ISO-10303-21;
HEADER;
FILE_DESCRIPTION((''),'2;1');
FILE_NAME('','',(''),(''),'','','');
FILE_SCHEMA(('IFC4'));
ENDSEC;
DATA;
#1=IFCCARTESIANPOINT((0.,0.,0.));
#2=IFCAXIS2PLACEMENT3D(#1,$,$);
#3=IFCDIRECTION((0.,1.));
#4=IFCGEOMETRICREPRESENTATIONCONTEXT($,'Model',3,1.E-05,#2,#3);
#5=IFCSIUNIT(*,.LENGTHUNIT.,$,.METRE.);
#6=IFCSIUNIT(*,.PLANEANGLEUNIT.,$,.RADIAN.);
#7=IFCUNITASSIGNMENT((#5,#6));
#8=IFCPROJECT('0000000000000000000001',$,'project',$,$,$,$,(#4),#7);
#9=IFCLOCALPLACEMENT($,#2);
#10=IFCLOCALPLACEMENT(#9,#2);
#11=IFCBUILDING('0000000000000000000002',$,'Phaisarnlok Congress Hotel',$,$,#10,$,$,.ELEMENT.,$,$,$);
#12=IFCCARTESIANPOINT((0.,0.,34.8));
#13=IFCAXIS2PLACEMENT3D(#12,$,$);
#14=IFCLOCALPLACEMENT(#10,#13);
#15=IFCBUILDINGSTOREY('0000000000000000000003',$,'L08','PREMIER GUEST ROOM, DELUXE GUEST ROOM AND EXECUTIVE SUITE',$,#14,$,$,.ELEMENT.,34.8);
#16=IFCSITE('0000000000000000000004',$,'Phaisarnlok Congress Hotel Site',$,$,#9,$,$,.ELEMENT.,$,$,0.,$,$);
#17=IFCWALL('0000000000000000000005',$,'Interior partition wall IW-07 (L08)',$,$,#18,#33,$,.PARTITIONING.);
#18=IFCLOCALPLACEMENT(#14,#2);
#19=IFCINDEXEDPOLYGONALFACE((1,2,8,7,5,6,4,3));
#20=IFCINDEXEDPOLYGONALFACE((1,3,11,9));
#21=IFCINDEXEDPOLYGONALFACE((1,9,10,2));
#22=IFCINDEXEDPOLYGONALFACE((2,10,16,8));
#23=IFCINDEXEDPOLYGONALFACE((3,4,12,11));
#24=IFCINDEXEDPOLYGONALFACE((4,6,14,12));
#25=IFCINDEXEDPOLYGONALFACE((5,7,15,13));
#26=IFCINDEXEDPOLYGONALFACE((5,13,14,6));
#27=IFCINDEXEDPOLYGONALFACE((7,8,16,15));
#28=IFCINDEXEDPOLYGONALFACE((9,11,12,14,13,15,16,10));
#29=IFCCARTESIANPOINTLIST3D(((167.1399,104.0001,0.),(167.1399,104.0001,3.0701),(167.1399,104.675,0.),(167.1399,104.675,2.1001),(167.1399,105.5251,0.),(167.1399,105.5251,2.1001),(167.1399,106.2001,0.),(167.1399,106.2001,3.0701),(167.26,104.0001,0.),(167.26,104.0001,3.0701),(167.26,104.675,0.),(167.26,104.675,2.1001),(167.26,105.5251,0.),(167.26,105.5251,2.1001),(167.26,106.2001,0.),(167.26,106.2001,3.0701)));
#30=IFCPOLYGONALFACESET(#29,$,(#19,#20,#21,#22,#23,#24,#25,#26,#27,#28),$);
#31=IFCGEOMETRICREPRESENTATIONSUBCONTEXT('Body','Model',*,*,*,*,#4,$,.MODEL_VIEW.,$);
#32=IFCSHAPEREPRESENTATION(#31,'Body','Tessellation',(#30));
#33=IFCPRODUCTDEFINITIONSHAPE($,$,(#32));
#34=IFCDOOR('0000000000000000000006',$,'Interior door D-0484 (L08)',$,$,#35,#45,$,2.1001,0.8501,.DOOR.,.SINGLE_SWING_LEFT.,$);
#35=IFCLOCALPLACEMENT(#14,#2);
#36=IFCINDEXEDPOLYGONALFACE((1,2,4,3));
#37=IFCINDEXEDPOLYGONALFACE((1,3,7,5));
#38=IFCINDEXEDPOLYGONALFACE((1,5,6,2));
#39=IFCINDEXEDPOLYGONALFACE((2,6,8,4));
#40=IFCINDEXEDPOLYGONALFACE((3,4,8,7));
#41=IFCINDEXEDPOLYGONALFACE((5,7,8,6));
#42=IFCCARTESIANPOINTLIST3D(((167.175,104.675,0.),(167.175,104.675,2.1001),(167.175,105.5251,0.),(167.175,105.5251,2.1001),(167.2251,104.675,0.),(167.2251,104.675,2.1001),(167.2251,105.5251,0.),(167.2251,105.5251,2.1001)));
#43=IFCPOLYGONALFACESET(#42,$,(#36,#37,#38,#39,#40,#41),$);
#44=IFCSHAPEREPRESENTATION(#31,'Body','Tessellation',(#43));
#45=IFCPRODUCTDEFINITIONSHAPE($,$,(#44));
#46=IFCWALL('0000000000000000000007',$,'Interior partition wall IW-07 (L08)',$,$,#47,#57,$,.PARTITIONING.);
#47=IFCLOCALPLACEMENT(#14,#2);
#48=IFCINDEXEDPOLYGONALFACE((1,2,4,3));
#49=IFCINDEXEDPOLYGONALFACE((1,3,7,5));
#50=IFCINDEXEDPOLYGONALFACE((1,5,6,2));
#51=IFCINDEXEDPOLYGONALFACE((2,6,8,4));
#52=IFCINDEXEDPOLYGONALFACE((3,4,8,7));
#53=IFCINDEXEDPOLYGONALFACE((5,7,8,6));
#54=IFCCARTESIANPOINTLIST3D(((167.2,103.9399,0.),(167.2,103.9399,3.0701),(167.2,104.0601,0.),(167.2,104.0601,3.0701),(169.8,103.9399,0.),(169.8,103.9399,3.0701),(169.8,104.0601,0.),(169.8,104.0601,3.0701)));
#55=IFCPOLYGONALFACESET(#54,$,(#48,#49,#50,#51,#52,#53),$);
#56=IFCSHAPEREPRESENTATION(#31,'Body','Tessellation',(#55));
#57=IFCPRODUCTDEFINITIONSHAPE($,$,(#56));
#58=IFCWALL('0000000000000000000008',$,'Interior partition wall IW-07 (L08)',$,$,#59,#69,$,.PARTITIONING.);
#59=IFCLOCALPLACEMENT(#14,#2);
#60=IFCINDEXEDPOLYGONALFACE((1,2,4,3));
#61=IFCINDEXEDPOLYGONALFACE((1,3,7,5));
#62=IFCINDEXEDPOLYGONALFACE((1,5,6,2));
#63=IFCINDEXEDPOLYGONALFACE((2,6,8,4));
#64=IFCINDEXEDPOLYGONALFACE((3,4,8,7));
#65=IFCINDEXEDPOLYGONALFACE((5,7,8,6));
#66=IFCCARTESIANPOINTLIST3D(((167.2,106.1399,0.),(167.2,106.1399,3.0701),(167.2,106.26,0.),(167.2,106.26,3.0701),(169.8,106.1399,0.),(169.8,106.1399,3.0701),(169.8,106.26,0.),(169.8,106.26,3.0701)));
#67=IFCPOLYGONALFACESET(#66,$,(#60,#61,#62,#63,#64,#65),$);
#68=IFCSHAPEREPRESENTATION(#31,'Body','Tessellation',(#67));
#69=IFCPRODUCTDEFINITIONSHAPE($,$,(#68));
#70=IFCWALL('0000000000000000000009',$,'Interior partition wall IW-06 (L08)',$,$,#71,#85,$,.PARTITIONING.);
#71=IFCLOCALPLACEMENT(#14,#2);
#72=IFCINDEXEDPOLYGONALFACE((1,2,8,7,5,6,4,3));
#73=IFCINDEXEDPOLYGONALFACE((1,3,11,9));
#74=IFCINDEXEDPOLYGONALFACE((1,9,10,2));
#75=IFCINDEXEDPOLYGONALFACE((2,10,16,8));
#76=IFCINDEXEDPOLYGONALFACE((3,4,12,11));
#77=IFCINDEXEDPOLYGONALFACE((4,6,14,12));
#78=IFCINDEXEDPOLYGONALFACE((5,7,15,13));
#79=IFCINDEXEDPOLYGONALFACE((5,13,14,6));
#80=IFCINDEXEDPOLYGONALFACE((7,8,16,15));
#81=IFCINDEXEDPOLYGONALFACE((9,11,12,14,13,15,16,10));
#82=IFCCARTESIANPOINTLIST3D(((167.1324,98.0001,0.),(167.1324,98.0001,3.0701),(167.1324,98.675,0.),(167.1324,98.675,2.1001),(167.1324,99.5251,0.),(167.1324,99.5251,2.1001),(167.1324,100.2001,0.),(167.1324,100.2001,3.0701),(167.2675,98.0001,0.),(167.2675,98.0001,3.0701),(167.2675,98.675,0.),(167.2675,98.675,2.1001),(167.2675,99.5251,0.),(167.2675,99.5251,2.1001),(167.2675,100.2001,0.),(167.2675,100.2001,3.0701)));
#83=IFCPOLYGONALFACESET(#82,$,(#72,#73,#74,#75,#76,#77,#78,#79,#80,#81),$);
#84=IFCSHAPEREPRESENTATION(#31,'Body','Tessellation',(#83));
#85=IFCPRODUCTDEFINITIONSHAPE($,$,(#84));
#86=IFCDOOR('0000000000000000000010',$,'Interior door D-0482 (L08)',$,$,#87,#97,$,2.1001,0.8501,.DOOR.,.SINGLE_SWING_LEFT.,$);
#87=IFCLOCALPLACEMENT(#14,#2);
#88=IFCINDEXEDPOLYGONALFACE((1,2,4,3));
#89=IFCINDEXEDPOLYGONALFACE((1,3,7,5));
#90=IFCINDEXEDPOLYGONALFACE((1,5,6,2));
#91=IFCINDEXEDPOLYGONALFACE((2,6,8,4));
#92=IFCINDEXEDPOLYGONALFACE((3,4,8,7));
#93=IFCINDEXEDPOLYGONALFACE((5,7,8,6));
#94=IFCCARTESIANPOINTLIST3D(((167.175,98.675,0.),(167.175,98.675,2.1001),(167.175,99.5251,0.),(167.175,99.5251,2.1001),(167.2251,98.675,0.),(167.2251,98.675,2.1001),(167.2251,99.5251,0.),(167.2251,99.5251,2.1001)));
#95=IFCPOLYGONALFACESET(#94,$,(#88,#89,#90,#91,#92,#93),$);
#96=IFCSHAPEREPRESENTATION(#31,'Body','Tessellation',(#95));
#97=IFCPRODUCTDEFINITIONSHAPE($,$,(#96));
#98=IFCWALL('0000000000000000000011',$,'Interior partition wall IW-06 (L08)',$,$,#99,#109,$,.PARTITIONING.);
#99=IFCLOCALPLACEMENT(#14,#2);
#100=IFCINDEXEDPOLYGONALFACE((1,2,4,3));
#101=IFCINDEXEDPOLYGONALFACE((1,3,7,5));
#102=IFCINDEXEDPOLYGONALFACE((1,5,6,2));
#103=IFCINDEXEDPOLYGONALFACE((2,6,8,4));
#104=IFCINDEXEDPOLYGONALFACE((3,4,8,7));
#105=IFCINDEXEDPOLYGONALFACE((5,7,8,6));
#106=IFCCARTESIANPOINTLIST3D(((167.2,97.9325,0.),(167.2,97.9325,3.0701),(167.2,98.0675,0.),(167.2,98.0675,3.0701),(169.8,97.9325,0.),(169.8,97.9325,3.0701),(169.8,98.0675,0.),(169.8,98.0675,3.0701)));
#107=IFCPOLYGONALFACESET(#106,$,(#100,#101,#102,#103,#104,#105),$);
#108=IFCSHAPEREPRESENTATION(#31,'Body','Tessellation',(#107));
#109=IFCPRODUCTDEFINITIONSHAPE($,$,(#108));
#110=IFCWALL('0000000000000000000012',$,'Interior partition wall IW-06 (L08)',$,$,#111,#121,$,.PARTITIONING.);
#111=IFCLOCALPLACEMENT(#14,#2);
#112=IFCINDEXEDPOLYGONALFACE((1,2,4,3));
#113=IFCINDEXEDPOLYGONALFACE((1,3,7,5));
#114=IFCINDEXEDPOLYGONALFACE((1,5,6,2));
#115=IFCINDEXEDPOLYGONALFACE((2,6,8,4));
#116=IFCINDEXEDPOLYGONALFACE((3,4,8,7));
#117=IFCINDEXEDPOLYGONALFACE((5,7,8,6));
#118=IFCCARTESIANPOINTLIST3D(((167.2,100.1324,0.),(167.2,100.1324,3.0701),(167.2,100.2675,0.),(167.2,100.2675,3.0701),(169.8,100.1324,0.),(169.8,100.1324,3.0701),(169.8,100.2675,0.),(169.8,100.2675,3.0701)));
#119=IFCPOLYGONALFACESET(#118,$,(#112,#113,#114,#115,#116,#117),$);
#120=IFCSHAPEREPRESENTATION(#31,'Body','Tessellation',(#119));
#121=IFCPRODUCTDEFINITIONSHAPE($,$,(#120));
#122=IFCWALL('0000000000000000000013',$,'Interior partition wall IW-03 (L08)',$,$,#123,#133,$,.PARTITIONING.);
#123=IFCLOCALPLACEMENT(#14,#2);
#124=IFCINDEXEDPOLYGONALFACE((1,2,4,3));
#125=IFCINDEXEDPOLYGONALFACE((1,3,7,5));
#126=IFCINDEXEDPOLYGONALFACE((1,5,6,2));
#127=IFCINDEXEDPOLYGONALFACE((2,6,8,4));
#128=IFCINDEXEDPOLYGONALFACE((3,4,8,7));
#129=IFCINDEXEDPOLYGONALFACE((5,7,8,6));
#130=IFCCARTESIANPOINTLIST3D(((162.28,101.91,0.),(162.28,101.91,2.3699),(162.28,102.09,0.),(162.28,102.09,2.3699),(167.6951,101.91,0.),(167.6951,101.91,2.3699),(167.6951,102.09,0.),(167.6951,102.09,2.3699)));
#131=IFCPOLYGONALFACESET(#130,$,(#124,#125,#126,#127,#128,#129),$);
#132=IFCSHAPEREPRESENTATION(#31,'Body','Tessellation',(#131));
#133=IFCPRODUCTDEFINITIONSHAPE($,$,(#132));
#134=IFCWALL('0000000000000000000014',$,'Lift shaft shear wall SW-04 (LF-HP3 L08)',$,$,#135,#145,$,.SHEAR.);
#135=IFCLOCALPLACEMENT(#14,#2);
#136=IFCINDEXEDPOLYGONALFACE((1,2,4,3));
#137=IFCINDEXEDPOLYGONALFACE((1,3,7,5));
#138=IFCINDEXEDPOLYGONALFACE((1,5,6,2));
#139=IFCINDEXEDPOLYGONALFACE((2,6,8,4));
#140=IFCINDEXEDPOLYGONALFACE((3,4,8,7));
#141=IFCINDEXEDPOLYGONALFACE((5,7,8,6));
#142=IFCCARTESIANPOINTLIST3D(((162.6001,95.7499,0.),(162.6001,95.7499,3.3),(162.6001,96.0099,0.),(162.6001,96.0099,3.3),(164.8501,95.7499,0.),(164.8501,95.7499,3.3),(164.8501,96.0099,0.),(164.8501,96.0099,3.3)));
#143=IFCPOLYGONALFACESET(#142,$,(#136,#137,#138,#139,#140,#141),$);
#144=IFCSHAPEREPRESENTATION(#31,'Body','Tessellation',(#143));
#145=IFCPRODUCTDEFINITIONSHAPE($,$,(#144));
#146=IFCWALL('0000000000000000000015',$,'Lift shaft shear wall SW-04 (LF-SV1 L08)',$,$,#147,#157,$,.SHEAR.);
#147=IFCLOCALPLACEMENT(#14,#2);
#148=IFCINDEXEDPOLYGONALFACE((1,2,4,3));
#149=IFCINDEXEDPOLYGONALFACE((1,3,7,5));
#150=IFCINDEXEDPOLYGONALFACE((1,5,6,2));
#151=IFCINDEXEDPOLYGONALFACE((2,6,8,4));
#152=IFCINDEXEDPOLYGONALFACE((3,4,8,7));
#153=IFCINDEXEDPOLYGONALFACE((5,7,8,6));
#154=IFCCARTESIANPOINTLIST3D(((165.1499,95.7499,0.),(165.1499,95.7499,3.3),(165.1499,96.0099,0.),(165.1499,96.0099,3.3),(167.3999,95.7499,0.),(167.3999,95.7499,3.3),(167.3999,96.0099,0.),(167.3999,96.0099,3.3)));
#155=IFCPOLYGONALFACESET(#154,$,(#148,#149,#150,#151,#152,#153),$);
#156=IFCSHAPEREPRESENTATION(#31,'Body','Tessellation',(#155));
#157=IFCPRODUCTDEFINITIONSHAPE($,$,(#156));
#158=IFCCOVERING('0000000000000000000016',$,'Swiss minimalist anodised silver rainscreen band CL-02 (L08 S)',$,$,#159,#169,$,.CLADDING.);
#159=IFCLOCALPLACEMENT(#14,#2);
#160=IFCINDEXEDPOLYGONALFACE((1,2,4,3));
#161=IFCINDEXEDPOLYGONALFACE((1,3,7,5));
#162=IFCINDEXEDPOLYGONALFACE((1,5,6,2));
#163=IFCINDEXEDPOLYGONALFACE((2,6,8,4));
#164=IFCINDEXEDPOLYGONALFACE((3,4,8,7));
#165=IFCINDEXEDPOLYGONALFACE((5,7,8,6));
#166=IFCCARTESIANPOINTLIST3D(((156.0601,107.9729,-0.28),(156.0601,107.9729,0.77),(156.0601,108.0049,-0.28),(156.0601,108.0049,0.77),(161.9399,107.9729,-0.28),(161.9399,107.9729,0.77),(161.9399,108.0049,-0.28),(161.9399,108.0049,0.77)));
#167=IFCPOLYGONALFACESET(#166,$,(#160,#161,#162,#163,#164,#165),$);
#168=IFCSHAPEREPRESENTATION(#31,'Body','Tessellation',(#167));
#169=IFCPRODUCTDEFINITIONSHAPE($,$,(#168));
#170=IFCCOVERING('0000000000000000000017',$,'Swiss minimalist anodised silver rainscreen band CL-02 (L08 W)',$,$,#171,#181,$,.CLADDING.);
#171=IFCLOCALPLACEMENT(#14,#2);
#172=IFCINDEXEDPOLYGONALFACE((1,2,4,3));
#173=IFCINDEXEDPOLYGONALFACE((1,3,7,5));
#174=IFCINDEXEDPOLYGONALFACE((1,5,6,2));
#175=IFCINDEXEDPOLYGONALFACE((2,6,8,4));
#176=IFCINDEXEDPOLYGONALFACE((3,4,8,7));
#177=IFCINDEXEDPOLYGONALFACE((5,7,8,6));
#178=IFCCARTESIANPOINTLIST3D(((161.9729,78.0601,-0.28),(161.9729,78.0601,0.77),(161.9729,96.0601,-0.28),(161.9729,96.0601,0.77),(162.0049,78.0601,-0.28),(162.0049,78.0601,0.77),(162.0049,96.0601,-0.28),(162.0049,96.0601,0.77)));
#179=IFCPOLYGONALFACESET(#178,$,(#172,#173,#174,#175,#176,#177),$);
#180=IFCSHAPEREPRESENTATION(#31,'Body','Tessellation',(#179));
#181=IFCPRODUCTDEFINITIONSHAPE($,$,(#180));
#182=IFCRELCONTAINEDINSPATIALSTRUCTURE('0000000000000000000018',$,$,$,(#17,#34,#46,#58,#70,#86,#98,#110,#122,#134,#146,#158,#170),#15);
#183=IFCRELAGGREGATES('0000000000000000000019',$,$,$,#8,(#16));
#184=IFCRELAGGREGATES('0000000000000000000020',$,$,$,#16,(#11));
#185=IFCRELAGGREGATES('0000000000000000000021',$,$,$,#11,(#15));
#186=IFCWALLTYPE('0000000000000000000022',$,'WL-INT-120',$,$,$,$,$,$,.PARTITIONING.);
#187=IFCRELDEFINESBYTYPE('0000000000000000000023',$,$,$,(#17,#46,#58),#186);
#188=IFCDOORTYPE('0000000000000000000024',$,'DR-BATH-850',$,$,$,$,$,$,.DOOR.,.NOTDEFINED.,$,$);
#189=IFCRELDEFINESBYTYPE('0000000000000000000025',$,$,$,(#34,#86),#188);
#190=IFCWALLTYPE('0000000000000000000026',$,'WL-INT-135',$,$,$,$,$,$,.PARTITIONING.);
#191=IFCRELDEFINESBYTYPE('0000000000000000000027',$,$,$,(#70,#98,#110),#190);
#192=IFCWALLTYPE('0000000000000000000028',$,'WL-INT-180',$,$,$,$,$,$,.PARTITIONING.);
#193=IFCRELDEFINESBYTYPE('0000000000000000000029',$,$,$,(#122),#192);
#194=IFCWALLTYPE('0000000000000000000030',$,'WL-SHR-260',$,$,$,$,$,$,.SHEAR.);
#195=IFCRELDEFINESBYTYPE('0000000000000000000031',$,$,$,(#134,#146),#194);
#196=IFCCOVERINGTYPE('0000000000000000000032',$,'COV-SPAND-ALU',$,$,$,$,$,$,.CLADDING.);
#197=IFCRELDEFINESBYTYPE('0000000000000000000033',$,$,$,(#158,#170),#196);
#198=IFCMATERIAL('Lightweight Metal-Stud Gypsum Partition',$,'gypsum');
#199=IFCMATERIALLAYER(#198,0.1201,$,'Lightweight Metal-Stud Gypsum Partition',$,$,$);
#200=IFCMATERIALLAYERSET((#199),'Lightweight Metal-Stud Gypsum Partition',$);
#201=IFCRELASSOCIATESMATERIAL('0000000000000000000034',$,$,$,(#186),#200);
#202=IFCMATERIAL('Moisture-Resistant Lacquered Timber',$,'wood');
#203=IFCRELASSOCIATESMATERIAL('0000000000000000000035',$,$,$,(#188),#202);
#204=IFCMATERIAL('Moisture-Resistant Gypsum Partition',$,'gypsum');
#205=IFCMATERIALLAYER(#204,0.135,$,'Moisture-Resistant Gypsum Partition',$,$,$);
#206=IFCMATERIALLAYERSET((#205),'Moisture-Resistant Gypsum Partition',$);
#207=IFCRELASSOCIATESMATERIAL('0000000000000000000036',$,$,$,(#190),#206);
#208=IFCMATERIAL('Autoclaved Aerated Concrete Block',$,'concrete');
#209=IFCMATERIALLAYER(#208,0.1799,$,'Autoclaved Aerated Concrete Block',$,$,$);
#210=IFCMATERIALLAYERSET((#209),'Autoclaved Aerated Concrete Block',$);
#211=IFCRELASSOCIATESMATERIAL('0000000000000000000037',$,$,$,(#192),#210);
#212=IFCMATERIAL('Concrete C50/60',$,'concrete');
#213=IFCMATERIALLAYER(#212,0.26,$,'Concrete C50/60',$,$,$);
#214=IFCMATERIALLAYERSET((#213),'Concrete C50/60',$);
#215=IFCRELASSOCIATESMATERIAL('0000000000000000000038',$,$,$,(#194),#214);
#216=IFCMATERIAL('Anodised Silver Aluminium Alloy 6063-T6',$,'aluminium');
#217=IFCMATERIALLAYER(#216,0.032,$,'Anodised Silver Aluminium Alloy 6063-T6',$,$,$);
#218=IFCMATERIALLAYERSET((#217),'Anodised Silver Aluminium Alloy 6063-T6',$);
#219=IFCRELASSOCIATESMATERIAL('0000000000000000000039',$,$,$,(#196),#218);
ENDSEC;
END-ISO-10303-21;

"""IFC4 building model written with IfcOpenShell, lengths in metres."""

from ifc_helpers import new_model, si_unit, direction, frame, frame_2d, origin, place, context, subcontext, project, spatial, polyline, rectangle, outline, extrude, material, layer, layer_set, type_object, element, fill, save


model = new_model("IFC4")

# Units and contexts
model_context = context("Model", 3, precision=1e-05, world=origin(), true_north=direction((0.0, 1.0)))
body_context = subcontext(model_context, "Body", "Model", "MODEL_VIEW")
ifc_project = project(units=[si_unit("LENGTHUNIT", "METRE"), si_unit("PLANEANGLEUNIT", "RADIAN")], contexts=[model_context])

# Site, building, storey
site_placement = place(None, origin())
site = spatial("IfcSite", under=ifc_project, at=site_placement, Name="Phaisarnlok Congress Hotel Site", CompositionType="ELEMENT", RefElevation=0.0)
building_placement = place(site_placement, origin())
building = spatial("IfcBuilding", under=site, at=building_placement, Name="Phaisarnlok Congress Hotel", CompositionType="ELEMENT")
storey_placement = place(building_placement, frame((0.0, 0.0, 34.8)))
storey = spatial("IfcBuildingStorey", under=building, at=storey_placement, Name="L08", Description="PREMIER GUEST ROOM, DELUXE GUEST ROOM AND EXECUTIVE SUITE", CompositionType="ELEMENT", Elevation=34.8)

# Shared definitions
ifc_material_1 = material(Name="Concrete C50/60", Category="concrete")

# Wall, opening, door
ifc_material_2 = material(Name="Lightweight Metal-Stud Gypsum Partition", Category="gypsum")
ifc_layer_1 = layer(ifc_material_2, 0.1201, Name="Lightweight Metal-Stud Gypsum Partition")
ifc_layer_set_1 = layer_set([ifc_layer_1], Name="Lightweight Metal-Stud Gypsum Partition")
wall_type_1 = type_object("IfcWallType", Name="WL-INT-120", PredefinedType="PARTITIONING", material=ifc_layer_set_1)
wall_1_placement = place(storey_placement, frame((167.2, 104.0, 0.0), z_axis=(0.0, 0.0, 1.0), x_axis=(0.0, 1.0, 0.0)))
wall_1 = element("IfcWall", 1, at=wall_1_placement, inside=storey, type_object=wall_type_1, Name="Interior partition wall IW-07 (L08)", PredefinedType="PARTITIONING", context=body_context, shape_type="SweptSolid", body=[
    extrude(rectangle(XDim=2.2, YDim=0.1201, at=frame_2d((1.1001, 0.0))), origin(), (0.0, 0.0, 1.0), 3.0701),
])
opening_1_placement = place(wall_1_placement, frame((0.675, 0.0, 0.0)))
opening_1 = element("IfcOpeningElement", 2, at=opening_1_placement, cuts=wall_1, PredefinedType="OPENING", context=body_context, shape_type="SweptSolid", body=[
    extrude(rectangle(XDim=0.8501, YDim=2.1001, at=frame_2d((0.425, 1.05))), frame((0.0, 0.0701, 0.0), z_axis=(0.0, -1.0, 0.0), x_axis=(1.0, 0.0, 0.0)), (0.0, 0.0, 1.0), 0.1401),
])
ifc_material_3 = material(Name="Moisture-Resistant Lacquered Timber", Category="wood")
door_type = type_object("IfcDoorType", Name="DR-BATH-850", OperationType="NOTDEFINED", PredefinedType="DOOR", material=ifc_material_3)
door_1_placement = place(opening_1_placement, origin())
door_1 = element("IfcDoor", 3, at=door_1_placement, inside=storey, type_object=door_type, Name="Interior door D-0484 (L08)", OperationType="SINGLE_SWING_LEFT", OverallHeight=2.1001, OverallWidth=0.8501, PredefinedType="DOOR", context=body_context, shape_type="SweptSolid", body=[
    extrude(rectangle(XDim=0.8501, YDim=2.1001, at=frame_2d((0.425, 1.05))), frame((0.0, 0.0249, 0.0), z_axis=(0.0, -1.0, 0.0), x_axis=(1.0, 0.0, 0.0)), (0.0, 0.0, 1.0), 0.05),
])
fill(opening_1, door_1)

# Walls
for number, where, z_axis, x_axis, name in (
    (4, (167.2, 104.0, 0.0), (0.0, 0.0, 1.0), (1.0, 0.0, 0.0), "Interior partition wall IW-07 (L08)"),
    (5, (167.2, 106.2, 0.0), (0.0, 0.0, 1.0), (1.0, 0.0, 0.0), "Interior partition wall IW-07 (L08)"),
):
    element("IfcWall", number, at=place(storey_placement, frame(where, z_axis=z_axis, x_axis=x_axis)), inside=storey, type_object=wall_type_1, Name=name, PredefinedType="PARTITIONING", context=body_context, shape_type="SweptSolid", body=[
        extrude(rectangle(XDim=2.6001, YDim=0.1201, at=frame_2d((1.3, 0.0))), origin(), (0.0, 0.0, 1.0), 3.0701),
    ])

# Wall, opening, door
ifc_material_4 = material(Name="Moisture-Resistant Gypsum Partition", Category="gypsum")
ifc_layer_2 = layer(ifc_material_4, 0.135, Name="Moisture-Resistant Gypsum Partition")
ifc_layer_set_2 = layer_set([ifc_layer_2], Name="Moisture-Resistant Gypsum Partition")
wall_type_2 = type_object("IfcWallType", Name="WL-INT-135", PredefinedType="PARTITIONING", material=ifc_layer_set_2)
wall_2_placement = place(storey_placement, frame((167.2, 98.0, 0.0), z_axis=(0.0, 0.0, 1.0), x_axis=(0.0, 1.0, 0.0)))
wall_2 = element("IfcWall", 6, at=wall_2_placement, inside=storey, type_object=wall_type_2, Name="Interior partition wall IW-06 (L08)", PredefinedType="PARTITIONING", context=body_context, shape_type="SweptSolid", body=[
    extrude(rectangle(XDim=2.2, YDim=0.135, at=frame_2d((1.1001, 0.0))), origin(), (0.0, 0.0, 1.0), 3.0701),
])
opening_2_placement = place(wall_2_placement, frame((0.675, 0.0, 0.0)))
opening_2 = element("IfcOpeningElement", 7, at=opening_2_placement, cuts=wall_2, PredefinedType="OPENING", context=body_context, shape_type="SweptSolid", body=[
    extrude(rectangle(XDim=0.8501, YDim=2.1001, at=frame_2d((0.425, 1.05))), frame((0.0, 0.0776, 0.0), z_axis=(0.0, -1.0, 0.0), x_axis=(1.0, 0.0, 0.0)), (0.0, 0.0, 1.0), 0.155),
])
door_2_placement = place(opening_2_placement, origin())
door_2 = element("IfcDoor", 8, at=door_2_placement, inside=storey, type_object=door_type, Name="Interior door D-0482 (L08)", OperationType="SINGLE_SWING_LEFT", OverallHeight=2.1001, OverallWidth=0.8501, PredefinedType="DOOR", context=body_context, shape_type="SweptSolid", body=[
    extrude(rectangle(XDim=0.8501, YDim=2.1001, at=frame_2d((0.425, 1.05))), frame((0.0, 0.0249, 0.0), z_axis=(0.0, -1.0, 0.0), x_axis=(1.0, 0.0, 0.0)), (0.0, 0.0, 1.0), 0.05),
])
fill(opening_2, door_2)

# Walls
for number, where, z_axis, x_axis, name in (
    (9, (167.2, 98.0, 0.0), (0.0, 0.0, 1.0), (1.0, 0.0, 0.0), "Interior partition wall IW-06 (L08)"),
    (10, (167.2, 100.2, 0.0), (0.0, 0.0, 1.0), (1.0, 0.0, 0.0), "Interior partition wall IW-06 (L08)"),
):
    element("IfcWall", number, at=place(storey_placement, frame(where, z_axis=z_axis, x_axis=x_axis)), inside=storey, type_object=wall_type_2, Name=name, PredefinedType="PARTITIONING", context=body_context, shape_type="SweptSolid", body=[
        extrude(rectangle(XDim=2.6001, YDim=0.135, at=frame_2d((1.3, 0.0))), origin(), (0.0, 0.0, 1.0), 3.0701),
    ])
ifc_material_5 = material(Name="Autoclaved Aerated Concrete Block", Category="concrete")
ifc_layer_3 = layer(ifc_material_5, 0.1799, Name="Autoclaved Aerated Concrete Block")
ifc_layer_set_3 = layer_set([ifc_layer_3], Name="Autoclaved Aerated Concrete Block")
wall_type_3 = type_object("IfcWallType", Name="WL-INT-180", PredefinedType="PARTITIONING", material=ifc_layer_set_3)
wall_3_placement = place(storey_placement, frame((162.28, 102.0, 0.0), z_axis=(0.0, 0.0, 1.0), x_axis=(1.0, 0.0, 0.0)))
element("IfcWall", 11, at=wall_3_placement, inside=storey, type_object=wall_type_3, Name="Interior partition wall IW-03 (L08)", PredefinedType="PARTITIONING", context=body_context, shape_type="SweptSolid", body=[
    extrude(rectangle(XDim=5.415, YDim=0.1799, at=frame_2d((2.7075, 0.0))), origin(), (0.0, 0.0, 1.0), 2.3699),
])
ifc_layer_4 = layer(ifc_material_1, 0.26, Name="Concrete C50/60")
ifc_layer_set_4 = layer_set([ifc_layer_4], Name="Concrete C50/60")
wall_type_4 = type_object("IfcWallType", Name="WL-SHR-260", PredefinedType="SHEAR", material=ifc_layer_set_4)
for number, where, z_axis, x_axis, name in (
    (12, (162.6001, 95.8799, 0.0), (0.0, 0.0, 1.0), (1.0, 0.0, 0.0), "Lift shaft shear wall SW-04 (LF-HP3 L08)"),
    (13, (165.1499, 95.8799, 0.0), (0.0, 0.0, 1.0), (1.0, 0.0, 0.0), "Lift shaft shear wall SW-04 (LF-SV1 L08)"),
):
    element("IfcWall", number, at=place(storey_placement, frame(where, z_axis=z_axis, x_axis=x_axis)), inside=storey, type_object=wall_type_4, Name=name, PredefinedType="SHEAR", context=body_context, shape_type="SweptSolid", body=[
        extrude(rectangle(XDim=2.25, YDim=0.26, at=frame_2d((1.125, 0.0))), origin(), (0.0, 0.0, 1.0), 3.3),
    ])

# Coverings
ifc_material_6 = material(Name="Anodised Silver Aluminium Alloy 6063-T6", Category="aluminium")
ifc_layer_5 = layer(ifc_material_6, 0.032, Name="Anodised Silver Aluminium Alloy 6063-T6")
ifc_layer_set_5 = layer_set([ifc_layer_5], Name="Anodised Silver Aluminium Alloy 6063-T6")
covering_type = type_object("IfcCoveringType", Name="COV-SPAND-ALU", PredefinedType="CLADDING", material=ifc_layer_set_5)
covering_1_placement = place(storey_placement, frame((156.0601, 108.0049, -0.28), z_axis=(0.0, -1.0, 0.0), x_axis=(1.0, 0.0, 0.0)))
element("IfcCovering", 14, at=covering_1_placement, inside=storey, type_object=covering_type, Name="Swiss minimalist anodised silver rainscreen band CL-02 (L08 S)", PredefinedType="CLADDING", context=body_context, shape_type="SweptSolid", body=[
    extrude(outline(polyline([(0.0, 0.0), (5.8799, 0.0), (5.8799, 1.05), (0.0, 1.05), (0.0, 0.0)])), origin(), (0.0, 0.0, 1.0), 0.032),
])
covering_2_placement = place(storey_placement, frame((162.0049, 96.0601, -0.28), z_axis=(-1.0, 0.0, 0.0), x_axis=(0.0, -1.0, 0.0)))
element("IfcCovering", 15, at=covering_2_placement, inside=storey, type_object=covering_type, Name="Swiss minimalist anodised silver rainscreen band CL-02 (L08 W)", PredefinedType="CLADDING", context=body_context, shape_type="SweptSolid", body=[
    extrude(outline(polyline([(0.0, 0.0), (18.0, 0.0), (18.0, 1.05), (0.0, 1.05), (0.0, 0.0)])), origin(), (0.0, 0.0, 1.0), 0.032),
])

save(model, "model.ifc")
